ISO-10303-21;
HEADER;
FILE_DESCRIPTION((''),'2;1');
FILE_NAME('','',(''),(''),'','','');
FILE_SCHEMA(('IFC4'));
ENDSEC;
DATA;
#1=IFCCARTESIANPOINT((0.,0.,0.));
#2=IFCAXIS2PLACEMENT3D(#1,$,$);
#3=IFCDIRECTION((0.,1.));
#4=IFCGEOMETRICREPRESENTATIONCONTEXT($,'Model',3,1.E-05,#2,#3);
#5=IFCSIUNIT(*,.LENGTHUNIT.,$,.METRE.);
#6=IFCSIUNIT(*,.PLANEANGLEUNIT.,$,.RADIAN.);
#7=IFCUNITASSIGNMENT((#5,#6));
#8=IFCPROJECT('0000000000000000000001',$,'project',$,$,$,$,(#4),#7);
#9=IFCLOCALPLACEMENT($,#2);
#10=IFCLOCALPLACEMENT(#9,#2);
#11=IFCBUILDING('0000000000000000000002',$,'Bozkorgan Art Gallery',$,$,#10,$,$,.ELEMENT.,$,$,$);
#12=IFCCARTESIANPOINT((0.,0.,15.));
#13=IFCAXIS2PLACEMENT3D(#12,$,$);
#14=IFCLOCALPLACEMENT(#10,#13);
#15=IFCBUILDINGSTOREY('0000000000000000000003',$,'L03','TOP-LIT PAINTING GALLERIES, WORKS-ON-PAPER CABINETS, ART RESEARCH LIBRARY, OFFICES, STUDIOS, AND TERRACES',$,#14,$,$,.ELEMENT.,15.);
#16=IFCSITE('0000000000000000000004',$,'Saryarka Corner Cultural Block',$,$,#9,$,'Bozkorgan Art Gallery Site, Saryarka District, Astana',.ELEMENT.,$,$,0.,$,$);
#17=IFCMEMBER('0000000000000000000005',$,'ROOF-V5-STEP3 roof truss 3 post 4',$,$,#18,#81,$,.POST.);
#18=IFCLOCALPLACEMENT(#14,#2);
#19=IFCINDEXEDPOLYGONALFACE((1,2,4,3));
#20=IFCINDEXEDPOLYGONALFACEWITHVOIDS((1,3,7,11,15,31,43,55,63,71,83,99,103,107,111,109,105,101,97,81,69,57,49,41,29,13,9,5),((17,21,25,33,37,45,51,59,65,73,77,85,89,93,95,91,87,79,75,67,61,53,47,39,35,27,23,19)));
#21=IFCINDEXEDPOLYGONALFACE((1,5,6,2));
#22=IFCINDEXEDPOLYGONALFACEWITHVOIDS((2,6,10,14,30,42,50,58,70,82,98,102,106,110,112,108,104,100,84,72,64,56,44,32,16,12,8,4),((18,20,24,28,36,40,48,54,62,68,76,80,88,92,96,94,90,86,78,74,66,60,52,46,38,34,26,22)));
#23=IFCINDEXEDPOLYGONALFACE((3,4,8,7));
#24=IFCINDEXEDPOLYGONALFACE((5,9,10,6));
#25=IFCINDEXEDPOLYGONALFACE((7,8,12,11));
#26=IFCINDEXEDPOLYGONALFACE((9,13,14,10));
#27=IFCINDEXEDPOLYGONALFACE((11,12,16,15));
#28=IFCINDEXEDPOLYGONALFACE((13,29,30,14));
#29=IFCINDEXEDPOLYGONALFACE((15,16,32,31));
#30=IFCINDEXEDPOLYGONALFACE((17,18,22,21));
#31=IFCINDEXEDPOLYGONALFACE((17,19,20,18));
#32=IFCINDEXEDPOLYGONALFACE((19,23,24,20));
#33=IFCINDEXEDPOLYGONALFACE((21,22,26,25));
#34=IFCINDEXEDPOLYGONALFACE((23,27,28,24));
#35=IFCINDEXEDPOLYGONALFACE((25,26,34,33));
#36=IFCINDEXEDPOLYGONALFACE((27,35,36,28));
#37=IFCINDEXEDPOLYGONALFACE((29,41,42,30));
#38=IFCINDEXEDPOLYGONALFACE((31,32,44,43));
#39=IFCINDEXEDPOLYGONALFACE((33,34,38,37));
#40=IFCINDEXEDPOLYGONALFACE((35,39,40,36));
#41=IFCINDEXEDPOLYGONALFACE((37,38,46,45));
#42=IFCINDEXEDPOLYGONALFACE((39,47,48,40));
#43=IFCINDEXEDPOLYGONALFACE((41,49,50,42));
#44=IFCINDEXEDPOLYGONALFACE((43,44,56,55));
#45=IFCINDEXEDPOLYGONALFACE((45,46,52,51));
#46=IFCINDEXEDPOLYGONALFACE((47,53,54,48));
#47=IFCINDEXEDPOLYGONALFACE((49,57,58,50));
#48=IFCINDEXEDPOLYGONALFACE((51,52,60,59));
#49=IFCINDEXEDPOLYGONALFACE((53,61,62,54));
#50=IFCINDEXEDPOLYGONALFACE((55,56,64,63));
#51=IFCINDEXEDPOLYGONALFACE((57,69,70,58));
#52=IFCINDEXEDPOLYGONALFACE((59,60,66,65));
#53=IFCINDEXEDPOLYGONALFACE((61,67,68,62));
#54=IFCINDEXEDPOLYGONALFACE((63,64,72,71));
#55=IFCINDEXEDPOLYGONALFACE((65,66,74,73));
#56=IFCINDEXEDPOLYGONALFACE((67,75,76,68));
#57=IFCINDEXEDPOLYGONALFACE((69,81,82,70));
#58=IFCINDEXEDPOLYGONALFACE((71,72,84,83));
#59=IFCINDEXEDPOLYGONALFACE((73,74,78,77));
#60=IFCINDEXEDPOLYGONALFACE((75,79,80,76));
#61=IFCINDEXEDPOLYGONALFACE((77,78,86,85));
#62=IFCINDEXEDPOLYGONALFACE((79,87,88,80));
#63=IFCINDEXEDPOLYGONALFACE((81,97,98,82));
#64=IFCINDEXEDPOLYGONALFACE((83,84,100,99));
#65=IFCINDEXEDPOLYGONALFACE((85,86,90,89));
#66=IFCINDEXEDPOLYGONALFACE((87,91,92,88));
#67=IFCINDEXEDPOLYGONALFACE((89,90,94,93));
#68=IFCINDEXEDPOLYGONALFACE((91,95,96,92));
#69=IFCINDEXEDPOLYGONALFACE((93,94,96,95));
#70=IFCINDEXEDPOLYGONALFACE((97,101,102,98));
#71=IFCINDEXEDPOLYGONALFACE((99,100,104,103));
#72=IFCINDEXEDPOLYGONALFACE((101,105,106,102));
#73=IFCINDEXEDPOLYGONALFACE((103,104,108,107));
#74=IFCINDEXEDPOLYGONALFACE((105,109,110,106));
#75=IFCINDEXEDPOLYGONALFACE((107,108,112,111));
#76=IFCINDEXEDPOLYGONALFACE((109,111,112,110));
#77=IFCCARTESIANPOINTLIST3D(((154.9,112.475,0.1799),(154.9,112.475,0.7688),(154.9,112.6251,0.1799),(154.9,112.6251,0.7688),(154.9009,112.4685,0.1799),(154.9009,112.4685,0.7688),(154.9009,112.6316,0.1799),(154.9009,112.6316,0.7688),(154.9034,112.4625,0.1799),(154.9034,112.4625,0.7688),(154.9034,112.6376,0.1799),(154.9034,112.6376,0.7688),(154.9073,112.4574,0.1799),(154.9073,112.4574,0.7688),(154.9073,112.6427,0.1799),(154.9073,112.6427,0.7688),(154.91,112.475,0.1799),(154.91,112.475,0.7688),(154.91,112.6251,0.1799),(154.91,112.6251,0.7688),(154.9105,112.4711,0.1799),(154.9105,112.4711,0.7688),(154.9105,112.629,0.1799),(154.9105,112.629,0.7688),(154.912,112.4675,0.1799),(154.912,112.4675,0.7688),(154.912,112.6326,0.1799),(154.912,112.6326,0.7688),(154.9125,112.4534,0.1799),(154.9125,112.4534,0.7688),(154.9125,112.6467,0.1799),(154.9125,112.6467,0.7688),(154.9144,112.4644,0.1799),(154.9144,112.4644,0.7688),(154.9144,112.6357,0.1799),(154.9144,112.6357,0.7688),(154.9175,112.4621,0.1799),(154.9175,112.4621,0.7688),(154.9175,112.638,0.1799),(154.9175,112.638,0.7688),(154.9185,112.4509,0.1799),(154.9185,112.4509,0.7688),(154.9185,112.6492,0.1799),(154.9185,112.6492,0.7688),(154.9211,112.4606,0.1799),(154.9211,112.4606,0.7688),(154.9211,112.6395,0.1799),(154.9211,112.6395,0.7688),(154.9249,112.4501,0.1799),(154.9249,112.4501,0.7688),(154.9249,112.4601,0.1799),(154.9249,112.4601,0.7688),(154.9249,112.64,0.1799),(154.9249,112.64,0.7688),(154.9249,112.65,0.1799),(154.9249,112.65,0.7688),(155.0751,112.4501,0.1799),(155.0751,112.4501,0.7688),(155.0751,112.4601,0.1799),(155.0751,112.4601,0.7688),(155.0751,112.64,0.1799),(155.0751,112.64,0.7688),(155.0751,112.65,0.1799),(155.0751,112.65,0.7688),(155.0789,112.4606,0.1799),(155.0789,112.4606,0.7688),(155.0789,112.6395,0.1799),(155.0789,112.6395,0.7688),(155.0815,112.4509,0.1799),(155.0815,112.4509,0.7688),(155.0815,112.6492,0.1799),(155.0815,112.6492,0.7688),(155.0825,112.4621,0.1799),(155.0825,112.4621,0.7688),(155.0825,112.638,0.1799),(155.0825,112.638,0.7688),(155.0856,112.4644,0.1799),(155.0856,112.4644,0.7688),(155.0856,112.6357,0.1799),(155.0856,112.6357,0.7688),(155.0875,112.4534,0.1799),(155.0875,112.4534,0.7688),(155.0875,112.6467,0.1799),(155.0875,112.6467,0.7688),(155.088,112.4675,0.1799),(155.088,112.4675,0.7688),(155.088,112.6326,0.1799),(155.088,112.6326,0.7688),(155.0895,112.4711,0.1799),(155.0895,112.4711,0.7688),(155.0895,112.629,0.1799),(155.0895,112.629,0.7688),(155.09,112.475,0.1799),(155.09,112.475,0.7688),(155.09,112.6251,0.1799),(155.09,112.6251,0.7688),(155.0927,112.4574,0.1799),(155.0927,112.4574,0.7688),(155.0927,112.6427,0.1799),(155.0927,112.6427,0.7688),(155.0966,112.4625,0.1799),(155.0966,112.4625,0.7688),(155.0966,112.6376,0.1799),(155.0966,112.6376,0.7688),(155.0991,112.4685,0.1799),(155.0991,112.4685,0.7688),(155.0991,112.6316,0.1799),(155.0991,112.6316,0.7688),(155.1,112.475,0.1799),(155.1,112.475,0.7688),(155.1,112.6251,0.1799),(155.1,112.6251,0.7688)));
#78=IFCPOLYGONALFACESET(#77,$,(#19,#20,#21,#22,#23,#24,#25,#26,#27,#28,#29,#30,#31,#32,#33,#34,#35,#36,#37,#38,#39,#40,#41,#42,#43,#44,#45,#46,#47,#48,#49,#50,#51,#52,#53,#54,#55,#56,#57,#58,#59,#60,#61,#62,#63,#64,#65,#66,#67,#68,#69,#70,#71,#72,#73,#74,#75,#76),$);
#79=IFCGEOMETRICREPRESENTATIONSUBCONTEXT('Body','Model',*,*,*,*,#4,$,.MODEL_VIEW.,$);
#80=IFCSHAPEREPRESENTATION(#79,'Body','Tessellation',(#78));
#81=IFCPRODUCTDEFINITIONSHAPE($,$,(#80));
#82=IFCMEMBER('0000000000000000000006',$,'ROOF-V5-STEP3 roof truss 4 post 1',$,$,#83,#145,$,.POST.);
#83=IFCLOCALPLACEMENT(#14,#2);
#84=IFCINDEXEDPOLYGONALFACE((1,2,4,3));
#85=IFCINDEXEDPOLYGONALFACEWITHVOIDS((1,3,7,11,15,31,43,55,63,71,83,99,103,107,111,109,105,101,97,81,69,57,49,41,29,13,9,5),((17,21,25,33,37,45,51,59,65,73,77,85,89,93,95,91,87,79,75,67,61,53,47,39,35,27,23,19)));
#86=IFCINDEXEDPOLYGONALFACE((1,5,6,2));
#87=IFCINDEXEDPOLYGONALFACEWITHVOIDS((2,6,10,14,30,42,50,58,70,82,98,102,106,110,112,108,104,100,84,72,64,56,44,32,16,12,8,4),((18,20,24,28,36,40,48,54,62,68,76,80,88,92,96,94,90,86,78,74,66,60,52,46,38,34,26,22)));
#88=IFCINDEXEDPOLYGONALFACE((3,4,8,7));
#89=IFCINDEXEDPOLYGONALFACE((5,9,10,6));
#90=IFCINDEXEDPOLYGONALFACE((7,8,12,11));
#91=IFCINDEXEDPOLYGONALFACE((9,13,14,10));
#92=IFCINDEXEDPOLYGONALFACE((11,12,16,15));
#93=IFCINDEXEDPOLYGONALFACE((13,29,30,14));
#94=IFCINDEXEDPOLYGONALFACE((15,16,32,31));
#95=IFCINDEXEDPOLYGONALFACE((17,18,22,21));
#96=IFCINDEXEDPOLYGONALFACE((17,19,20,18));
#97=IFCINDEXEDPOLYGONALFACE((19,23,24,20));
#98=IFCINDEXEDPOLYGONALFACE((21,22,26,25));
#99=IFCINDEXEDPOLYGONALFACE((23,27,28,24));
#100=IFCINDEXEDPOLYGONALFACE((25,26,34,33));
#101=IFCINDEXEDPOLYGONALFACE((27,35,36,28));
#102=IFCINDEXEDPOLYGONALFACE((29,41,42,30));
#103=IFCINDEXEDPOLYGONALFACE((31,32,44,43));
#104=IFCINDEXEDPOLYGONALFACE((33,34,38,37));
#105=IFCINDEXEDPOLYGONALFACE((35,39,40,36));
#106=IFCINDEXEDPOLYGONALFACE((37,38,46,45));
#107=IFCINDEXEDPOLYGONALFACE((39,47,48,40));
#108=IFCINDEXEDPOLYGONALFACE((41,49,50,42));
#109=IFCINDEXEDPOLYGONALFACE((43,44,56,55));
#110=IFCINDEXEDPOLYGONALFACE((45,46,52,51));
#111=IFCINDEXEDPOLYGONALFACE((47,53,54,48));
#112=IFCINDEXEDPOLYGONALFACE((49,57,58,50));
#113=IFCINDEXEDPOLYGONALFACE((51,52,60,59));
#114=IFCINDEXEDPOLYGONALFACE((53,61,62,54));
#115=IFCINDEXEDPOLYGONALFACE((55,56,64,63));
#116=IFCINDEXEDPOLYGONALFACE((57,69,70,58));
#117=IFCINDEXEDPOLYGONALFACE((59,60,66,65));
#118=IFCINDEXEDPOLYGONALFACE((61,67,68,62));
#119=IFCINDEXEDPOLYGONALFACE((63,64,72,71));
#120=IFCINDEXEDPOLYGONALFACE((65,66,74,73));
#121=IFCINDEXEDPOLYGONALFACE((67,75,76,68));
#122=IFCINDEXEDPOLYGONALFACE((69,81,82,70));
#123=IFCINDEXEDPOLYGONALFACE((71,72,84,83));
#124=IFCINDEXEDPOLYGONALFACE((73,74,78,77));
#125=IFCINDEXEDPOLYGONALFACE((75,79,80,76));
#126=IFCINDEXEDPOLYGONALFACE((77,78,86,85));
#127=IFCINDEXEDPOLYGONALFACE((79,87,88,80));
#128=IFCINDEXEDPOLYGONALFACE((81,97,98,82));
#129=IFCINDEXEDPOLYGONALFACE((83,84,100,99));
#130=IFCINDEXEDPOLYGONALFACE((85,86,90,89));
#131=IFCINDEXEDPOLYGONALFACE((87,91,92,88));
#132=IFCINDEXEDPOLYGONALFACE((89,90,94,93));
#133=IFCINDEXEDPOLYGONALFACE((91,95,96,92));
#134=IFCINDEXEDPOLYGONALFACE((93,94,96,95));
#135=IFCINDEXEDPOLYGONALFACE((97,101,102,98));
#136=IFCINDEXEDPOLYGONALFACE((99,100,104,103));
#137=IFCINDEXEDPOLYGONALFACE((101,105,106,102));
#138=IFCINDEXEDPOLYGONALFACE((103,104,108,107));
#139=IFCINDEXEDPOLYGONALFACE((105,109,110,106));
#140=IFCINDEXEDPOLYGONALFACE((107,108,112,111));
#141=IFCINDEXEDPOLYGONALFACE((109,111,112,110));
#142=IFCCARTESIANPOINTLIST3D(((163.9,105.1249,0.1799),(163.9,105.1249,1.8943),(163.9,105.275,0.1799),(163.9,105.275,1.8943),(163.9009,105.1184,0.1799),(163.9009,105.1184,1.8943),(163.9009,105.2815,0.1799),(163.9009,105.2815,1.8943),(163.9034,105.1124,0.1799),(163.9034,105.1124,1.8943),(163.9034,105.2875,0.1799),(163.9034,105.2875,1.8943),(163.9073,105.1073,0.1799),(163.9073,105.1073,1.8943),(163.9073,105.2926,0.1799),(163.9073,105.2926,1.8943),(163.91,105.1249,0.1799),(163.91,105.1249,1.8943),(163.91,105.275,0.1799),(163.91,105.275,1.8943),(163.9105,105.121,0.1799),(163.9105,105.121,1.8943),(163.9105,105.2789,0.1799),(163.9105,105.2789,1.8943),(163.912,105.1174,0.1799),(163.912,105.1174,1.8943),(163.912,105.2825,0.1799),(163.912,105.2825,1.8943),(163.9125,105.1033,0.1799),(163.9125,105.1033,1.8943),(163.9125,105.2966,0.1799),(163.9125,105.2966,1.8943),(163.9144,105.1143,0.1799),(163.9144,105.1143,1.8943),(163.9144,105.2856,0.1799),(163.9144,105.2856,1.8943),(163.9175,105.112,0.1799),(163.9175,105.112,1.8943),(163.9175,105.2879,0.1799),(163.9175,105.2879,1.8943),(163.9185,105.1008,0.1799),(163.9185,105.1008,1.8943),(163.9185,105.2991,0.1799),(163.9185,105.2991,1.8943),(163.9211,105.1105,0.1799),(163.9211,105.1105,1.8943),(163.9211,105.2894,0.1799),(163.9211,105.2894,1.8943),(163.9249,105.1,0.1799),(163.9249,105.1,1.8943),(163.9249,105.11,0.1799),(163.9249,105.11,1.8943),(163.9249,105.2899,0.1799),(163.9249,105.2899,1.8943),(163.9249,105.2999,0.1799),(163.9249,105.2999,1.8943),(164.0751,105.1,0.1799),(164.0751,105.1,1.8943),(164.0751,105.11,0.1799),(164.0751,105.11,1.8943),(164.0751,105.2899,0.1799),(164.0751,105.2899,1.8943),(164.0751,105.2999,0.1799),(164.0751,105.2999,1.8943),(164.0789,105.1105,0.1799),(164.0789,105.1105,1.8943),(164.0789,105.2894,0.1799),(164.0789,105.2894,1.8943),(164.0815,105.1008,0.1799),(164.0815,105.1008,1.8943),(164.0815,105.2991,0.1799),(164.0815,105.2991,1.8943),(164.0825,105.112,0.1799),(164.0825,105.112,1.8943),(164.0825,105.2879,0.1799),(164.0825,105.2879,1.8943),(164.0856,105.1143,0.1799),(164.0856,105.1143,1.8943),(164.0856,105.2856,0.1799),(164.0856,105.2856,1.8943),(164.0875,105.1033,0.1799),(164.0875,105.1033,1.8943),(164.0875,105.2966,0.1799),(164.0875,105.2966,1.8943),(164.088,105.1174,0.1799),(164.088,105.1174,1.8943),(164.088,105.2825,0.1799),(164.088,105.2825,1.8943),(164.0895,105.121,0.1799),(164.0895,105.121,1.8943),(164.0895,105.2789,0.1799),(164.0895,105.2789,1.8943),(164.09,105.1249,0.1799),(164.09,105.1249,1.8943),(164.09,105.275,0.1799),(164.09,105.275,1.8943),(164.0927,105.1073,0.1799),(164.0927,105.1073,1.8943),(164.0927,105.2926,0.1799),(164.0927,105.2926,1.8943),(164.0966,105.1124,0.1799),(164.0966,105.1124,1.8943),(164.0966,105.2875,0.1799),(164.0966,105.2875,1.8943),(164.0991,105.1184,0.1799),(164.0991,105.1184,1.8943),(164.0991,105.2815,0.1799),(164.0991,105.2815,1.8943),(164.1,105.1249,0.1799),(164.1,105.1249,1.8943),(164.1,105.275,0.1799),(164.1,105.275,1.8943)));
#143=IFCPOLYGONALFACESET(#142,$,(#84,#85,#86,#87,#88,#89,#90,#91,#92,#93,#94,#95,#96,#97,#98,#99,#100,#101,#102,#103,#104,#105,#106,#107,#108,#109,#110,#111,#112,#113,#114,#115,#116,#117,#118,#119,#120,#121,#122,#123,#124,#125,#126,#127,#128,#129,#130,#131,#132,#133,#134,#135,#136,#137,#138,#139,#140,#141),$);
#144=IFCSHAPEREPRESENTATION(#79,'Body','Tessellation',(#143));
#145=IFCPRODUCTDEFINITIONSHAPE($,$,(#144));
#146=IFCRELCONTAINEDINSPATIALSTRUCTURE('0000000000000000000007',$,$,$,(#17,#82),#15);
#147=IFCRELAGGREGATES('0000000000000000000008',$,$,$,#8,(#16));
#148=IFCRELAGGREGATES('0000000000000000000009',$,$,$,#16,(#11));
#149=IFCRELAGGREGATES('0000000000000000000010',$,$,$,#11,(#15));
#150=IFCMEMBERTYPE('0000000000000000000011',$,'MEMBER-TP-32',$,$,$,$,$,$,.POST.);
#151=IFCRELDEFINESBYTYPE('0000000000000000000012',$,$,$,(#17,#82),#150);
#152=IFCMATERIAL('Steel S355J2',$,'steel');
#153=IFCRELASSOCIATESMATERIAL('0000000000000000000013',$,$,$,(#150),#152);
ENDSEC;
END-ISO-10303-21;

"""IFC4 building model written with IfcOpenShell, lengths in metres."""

from ifc_helpers import new_model, si_unit, direction, frame, origin, origin_2d, place, context, subcontext, project, spatial, hollow_rectangle, extrude, material, material_profile, profile_set, type_object, element, save


model = new_model("IFC4")

# Units and contexts
model_context = context("Model", 3, precision=1e-05, world=origin(), true_north=direction((0.0, 1.0)))
body_context = subcontext(model_context, "Body", "Model", "MODEL_VIEW")
ifc_project = project(units=[si_unit("LENGTHUNIT", "METRE"), si_unit("PLANEANGLEUNIT", "RADIAN")], contexts=[model_context])

# Site, building, storey
site_placement = place(None, origin())
site = spatial("IfcSite", under=ifc_project, at=site_placement, Name="Saryarka Corner Cultural Block", LongName="Bozkorgan Art Gallery Site, Saryarka District, Astana", CompositionType="ELEMENT", RefElevation=0.0)
building_placement = place(site_placement, origin())
building = spatial("IfcBuilding", under=site, at=building_placement, Name="Bozkorgan Art Gallery", CompositionType="ELEMENT")
storey_placement = place(building_placement, frame((0.0, 0.0, 15.0)))
storey = spatial("IfcBuildingStorey", under=building, at=storey_placement, Name="L03", Description="TOP-LIT PAINTING GALLERIES, WORKS-ON-PAPER CABINETS, ART RESEARCH LIBRARY, OFFICES, STUDIOS, AND TERRACES", CompositionType="ELEMENT", Elevation=15.0)

# Shared definitions
ifc_material_1 = material(Name="Steel S355J2", Category="steel")

# Members
ifc_material_profile_1 = material_profile(ifc_material_1, hollow_rectangle(XDim=0.2, YDim=0.2, WallThickness=0.01, InnerFilletRadius=0.0149, OuterFilletRadius=0.0249, at=origin_2d()), Name="SHS 200x200x10")
ifc_profile_set_1 = profile_set([ifc_material_profile_1], Name="Steel S355J2")
member_type_1 = type_object("IfcMemberType", Name="MEMBER-TP-32", PredefinedType="POST", material=ifc_profile_set_1)
member_1_placement = place(storey_placement, frame((155.0, 112.55, 0.1799), z_axis=(0.0, 0.0, 1.0), x_axis=(1.0, 0.0, 0.0)))
element("IfcMember", 1, at=member_1_placement, inside=storey, type_object=member_type_1, Name="ROOF-V5-STEP3 roof truss 3 post 4", PredefinedType="POST", context=body_context, shape_type="SweptSolid", body=[
    extrude(hollow_rectangle(XDim=0.2, YDim=0.2, WallThickness=0.01, InnerFilletRadius=0.0149, OuterFilletRadius=0.0249, at=origin_2d()), origin(), (0.0, 0.0, 1.0), 0.5889),
])
member_2_placement = place(storey_placement, frame((164.0, 105.2, 0.1799), z_axis=(0.0, 0.0, 1.0), x_axis=(1.0, 0.0, 0.0)))
element("IfcMember", 2, at=member_2_placement, inside=storey, type_object=member_type_1, Name="ROOF-V5-STEP3 roof truss 4 post 1", PredefinedType="POST", context=body_context, shape_type="SweptSolid", body=[
    extrude(hollow_rectangle(XDim=0.2, YDim=0.2, WallThickness=0.01, InnerFilletRadius=0.0149, OuterFilletRadius=0.0249, at=origin_2d()), origin(), (0.0, 0.0, 1.0), 1.7144),
])

save(model, "model.ifc")
